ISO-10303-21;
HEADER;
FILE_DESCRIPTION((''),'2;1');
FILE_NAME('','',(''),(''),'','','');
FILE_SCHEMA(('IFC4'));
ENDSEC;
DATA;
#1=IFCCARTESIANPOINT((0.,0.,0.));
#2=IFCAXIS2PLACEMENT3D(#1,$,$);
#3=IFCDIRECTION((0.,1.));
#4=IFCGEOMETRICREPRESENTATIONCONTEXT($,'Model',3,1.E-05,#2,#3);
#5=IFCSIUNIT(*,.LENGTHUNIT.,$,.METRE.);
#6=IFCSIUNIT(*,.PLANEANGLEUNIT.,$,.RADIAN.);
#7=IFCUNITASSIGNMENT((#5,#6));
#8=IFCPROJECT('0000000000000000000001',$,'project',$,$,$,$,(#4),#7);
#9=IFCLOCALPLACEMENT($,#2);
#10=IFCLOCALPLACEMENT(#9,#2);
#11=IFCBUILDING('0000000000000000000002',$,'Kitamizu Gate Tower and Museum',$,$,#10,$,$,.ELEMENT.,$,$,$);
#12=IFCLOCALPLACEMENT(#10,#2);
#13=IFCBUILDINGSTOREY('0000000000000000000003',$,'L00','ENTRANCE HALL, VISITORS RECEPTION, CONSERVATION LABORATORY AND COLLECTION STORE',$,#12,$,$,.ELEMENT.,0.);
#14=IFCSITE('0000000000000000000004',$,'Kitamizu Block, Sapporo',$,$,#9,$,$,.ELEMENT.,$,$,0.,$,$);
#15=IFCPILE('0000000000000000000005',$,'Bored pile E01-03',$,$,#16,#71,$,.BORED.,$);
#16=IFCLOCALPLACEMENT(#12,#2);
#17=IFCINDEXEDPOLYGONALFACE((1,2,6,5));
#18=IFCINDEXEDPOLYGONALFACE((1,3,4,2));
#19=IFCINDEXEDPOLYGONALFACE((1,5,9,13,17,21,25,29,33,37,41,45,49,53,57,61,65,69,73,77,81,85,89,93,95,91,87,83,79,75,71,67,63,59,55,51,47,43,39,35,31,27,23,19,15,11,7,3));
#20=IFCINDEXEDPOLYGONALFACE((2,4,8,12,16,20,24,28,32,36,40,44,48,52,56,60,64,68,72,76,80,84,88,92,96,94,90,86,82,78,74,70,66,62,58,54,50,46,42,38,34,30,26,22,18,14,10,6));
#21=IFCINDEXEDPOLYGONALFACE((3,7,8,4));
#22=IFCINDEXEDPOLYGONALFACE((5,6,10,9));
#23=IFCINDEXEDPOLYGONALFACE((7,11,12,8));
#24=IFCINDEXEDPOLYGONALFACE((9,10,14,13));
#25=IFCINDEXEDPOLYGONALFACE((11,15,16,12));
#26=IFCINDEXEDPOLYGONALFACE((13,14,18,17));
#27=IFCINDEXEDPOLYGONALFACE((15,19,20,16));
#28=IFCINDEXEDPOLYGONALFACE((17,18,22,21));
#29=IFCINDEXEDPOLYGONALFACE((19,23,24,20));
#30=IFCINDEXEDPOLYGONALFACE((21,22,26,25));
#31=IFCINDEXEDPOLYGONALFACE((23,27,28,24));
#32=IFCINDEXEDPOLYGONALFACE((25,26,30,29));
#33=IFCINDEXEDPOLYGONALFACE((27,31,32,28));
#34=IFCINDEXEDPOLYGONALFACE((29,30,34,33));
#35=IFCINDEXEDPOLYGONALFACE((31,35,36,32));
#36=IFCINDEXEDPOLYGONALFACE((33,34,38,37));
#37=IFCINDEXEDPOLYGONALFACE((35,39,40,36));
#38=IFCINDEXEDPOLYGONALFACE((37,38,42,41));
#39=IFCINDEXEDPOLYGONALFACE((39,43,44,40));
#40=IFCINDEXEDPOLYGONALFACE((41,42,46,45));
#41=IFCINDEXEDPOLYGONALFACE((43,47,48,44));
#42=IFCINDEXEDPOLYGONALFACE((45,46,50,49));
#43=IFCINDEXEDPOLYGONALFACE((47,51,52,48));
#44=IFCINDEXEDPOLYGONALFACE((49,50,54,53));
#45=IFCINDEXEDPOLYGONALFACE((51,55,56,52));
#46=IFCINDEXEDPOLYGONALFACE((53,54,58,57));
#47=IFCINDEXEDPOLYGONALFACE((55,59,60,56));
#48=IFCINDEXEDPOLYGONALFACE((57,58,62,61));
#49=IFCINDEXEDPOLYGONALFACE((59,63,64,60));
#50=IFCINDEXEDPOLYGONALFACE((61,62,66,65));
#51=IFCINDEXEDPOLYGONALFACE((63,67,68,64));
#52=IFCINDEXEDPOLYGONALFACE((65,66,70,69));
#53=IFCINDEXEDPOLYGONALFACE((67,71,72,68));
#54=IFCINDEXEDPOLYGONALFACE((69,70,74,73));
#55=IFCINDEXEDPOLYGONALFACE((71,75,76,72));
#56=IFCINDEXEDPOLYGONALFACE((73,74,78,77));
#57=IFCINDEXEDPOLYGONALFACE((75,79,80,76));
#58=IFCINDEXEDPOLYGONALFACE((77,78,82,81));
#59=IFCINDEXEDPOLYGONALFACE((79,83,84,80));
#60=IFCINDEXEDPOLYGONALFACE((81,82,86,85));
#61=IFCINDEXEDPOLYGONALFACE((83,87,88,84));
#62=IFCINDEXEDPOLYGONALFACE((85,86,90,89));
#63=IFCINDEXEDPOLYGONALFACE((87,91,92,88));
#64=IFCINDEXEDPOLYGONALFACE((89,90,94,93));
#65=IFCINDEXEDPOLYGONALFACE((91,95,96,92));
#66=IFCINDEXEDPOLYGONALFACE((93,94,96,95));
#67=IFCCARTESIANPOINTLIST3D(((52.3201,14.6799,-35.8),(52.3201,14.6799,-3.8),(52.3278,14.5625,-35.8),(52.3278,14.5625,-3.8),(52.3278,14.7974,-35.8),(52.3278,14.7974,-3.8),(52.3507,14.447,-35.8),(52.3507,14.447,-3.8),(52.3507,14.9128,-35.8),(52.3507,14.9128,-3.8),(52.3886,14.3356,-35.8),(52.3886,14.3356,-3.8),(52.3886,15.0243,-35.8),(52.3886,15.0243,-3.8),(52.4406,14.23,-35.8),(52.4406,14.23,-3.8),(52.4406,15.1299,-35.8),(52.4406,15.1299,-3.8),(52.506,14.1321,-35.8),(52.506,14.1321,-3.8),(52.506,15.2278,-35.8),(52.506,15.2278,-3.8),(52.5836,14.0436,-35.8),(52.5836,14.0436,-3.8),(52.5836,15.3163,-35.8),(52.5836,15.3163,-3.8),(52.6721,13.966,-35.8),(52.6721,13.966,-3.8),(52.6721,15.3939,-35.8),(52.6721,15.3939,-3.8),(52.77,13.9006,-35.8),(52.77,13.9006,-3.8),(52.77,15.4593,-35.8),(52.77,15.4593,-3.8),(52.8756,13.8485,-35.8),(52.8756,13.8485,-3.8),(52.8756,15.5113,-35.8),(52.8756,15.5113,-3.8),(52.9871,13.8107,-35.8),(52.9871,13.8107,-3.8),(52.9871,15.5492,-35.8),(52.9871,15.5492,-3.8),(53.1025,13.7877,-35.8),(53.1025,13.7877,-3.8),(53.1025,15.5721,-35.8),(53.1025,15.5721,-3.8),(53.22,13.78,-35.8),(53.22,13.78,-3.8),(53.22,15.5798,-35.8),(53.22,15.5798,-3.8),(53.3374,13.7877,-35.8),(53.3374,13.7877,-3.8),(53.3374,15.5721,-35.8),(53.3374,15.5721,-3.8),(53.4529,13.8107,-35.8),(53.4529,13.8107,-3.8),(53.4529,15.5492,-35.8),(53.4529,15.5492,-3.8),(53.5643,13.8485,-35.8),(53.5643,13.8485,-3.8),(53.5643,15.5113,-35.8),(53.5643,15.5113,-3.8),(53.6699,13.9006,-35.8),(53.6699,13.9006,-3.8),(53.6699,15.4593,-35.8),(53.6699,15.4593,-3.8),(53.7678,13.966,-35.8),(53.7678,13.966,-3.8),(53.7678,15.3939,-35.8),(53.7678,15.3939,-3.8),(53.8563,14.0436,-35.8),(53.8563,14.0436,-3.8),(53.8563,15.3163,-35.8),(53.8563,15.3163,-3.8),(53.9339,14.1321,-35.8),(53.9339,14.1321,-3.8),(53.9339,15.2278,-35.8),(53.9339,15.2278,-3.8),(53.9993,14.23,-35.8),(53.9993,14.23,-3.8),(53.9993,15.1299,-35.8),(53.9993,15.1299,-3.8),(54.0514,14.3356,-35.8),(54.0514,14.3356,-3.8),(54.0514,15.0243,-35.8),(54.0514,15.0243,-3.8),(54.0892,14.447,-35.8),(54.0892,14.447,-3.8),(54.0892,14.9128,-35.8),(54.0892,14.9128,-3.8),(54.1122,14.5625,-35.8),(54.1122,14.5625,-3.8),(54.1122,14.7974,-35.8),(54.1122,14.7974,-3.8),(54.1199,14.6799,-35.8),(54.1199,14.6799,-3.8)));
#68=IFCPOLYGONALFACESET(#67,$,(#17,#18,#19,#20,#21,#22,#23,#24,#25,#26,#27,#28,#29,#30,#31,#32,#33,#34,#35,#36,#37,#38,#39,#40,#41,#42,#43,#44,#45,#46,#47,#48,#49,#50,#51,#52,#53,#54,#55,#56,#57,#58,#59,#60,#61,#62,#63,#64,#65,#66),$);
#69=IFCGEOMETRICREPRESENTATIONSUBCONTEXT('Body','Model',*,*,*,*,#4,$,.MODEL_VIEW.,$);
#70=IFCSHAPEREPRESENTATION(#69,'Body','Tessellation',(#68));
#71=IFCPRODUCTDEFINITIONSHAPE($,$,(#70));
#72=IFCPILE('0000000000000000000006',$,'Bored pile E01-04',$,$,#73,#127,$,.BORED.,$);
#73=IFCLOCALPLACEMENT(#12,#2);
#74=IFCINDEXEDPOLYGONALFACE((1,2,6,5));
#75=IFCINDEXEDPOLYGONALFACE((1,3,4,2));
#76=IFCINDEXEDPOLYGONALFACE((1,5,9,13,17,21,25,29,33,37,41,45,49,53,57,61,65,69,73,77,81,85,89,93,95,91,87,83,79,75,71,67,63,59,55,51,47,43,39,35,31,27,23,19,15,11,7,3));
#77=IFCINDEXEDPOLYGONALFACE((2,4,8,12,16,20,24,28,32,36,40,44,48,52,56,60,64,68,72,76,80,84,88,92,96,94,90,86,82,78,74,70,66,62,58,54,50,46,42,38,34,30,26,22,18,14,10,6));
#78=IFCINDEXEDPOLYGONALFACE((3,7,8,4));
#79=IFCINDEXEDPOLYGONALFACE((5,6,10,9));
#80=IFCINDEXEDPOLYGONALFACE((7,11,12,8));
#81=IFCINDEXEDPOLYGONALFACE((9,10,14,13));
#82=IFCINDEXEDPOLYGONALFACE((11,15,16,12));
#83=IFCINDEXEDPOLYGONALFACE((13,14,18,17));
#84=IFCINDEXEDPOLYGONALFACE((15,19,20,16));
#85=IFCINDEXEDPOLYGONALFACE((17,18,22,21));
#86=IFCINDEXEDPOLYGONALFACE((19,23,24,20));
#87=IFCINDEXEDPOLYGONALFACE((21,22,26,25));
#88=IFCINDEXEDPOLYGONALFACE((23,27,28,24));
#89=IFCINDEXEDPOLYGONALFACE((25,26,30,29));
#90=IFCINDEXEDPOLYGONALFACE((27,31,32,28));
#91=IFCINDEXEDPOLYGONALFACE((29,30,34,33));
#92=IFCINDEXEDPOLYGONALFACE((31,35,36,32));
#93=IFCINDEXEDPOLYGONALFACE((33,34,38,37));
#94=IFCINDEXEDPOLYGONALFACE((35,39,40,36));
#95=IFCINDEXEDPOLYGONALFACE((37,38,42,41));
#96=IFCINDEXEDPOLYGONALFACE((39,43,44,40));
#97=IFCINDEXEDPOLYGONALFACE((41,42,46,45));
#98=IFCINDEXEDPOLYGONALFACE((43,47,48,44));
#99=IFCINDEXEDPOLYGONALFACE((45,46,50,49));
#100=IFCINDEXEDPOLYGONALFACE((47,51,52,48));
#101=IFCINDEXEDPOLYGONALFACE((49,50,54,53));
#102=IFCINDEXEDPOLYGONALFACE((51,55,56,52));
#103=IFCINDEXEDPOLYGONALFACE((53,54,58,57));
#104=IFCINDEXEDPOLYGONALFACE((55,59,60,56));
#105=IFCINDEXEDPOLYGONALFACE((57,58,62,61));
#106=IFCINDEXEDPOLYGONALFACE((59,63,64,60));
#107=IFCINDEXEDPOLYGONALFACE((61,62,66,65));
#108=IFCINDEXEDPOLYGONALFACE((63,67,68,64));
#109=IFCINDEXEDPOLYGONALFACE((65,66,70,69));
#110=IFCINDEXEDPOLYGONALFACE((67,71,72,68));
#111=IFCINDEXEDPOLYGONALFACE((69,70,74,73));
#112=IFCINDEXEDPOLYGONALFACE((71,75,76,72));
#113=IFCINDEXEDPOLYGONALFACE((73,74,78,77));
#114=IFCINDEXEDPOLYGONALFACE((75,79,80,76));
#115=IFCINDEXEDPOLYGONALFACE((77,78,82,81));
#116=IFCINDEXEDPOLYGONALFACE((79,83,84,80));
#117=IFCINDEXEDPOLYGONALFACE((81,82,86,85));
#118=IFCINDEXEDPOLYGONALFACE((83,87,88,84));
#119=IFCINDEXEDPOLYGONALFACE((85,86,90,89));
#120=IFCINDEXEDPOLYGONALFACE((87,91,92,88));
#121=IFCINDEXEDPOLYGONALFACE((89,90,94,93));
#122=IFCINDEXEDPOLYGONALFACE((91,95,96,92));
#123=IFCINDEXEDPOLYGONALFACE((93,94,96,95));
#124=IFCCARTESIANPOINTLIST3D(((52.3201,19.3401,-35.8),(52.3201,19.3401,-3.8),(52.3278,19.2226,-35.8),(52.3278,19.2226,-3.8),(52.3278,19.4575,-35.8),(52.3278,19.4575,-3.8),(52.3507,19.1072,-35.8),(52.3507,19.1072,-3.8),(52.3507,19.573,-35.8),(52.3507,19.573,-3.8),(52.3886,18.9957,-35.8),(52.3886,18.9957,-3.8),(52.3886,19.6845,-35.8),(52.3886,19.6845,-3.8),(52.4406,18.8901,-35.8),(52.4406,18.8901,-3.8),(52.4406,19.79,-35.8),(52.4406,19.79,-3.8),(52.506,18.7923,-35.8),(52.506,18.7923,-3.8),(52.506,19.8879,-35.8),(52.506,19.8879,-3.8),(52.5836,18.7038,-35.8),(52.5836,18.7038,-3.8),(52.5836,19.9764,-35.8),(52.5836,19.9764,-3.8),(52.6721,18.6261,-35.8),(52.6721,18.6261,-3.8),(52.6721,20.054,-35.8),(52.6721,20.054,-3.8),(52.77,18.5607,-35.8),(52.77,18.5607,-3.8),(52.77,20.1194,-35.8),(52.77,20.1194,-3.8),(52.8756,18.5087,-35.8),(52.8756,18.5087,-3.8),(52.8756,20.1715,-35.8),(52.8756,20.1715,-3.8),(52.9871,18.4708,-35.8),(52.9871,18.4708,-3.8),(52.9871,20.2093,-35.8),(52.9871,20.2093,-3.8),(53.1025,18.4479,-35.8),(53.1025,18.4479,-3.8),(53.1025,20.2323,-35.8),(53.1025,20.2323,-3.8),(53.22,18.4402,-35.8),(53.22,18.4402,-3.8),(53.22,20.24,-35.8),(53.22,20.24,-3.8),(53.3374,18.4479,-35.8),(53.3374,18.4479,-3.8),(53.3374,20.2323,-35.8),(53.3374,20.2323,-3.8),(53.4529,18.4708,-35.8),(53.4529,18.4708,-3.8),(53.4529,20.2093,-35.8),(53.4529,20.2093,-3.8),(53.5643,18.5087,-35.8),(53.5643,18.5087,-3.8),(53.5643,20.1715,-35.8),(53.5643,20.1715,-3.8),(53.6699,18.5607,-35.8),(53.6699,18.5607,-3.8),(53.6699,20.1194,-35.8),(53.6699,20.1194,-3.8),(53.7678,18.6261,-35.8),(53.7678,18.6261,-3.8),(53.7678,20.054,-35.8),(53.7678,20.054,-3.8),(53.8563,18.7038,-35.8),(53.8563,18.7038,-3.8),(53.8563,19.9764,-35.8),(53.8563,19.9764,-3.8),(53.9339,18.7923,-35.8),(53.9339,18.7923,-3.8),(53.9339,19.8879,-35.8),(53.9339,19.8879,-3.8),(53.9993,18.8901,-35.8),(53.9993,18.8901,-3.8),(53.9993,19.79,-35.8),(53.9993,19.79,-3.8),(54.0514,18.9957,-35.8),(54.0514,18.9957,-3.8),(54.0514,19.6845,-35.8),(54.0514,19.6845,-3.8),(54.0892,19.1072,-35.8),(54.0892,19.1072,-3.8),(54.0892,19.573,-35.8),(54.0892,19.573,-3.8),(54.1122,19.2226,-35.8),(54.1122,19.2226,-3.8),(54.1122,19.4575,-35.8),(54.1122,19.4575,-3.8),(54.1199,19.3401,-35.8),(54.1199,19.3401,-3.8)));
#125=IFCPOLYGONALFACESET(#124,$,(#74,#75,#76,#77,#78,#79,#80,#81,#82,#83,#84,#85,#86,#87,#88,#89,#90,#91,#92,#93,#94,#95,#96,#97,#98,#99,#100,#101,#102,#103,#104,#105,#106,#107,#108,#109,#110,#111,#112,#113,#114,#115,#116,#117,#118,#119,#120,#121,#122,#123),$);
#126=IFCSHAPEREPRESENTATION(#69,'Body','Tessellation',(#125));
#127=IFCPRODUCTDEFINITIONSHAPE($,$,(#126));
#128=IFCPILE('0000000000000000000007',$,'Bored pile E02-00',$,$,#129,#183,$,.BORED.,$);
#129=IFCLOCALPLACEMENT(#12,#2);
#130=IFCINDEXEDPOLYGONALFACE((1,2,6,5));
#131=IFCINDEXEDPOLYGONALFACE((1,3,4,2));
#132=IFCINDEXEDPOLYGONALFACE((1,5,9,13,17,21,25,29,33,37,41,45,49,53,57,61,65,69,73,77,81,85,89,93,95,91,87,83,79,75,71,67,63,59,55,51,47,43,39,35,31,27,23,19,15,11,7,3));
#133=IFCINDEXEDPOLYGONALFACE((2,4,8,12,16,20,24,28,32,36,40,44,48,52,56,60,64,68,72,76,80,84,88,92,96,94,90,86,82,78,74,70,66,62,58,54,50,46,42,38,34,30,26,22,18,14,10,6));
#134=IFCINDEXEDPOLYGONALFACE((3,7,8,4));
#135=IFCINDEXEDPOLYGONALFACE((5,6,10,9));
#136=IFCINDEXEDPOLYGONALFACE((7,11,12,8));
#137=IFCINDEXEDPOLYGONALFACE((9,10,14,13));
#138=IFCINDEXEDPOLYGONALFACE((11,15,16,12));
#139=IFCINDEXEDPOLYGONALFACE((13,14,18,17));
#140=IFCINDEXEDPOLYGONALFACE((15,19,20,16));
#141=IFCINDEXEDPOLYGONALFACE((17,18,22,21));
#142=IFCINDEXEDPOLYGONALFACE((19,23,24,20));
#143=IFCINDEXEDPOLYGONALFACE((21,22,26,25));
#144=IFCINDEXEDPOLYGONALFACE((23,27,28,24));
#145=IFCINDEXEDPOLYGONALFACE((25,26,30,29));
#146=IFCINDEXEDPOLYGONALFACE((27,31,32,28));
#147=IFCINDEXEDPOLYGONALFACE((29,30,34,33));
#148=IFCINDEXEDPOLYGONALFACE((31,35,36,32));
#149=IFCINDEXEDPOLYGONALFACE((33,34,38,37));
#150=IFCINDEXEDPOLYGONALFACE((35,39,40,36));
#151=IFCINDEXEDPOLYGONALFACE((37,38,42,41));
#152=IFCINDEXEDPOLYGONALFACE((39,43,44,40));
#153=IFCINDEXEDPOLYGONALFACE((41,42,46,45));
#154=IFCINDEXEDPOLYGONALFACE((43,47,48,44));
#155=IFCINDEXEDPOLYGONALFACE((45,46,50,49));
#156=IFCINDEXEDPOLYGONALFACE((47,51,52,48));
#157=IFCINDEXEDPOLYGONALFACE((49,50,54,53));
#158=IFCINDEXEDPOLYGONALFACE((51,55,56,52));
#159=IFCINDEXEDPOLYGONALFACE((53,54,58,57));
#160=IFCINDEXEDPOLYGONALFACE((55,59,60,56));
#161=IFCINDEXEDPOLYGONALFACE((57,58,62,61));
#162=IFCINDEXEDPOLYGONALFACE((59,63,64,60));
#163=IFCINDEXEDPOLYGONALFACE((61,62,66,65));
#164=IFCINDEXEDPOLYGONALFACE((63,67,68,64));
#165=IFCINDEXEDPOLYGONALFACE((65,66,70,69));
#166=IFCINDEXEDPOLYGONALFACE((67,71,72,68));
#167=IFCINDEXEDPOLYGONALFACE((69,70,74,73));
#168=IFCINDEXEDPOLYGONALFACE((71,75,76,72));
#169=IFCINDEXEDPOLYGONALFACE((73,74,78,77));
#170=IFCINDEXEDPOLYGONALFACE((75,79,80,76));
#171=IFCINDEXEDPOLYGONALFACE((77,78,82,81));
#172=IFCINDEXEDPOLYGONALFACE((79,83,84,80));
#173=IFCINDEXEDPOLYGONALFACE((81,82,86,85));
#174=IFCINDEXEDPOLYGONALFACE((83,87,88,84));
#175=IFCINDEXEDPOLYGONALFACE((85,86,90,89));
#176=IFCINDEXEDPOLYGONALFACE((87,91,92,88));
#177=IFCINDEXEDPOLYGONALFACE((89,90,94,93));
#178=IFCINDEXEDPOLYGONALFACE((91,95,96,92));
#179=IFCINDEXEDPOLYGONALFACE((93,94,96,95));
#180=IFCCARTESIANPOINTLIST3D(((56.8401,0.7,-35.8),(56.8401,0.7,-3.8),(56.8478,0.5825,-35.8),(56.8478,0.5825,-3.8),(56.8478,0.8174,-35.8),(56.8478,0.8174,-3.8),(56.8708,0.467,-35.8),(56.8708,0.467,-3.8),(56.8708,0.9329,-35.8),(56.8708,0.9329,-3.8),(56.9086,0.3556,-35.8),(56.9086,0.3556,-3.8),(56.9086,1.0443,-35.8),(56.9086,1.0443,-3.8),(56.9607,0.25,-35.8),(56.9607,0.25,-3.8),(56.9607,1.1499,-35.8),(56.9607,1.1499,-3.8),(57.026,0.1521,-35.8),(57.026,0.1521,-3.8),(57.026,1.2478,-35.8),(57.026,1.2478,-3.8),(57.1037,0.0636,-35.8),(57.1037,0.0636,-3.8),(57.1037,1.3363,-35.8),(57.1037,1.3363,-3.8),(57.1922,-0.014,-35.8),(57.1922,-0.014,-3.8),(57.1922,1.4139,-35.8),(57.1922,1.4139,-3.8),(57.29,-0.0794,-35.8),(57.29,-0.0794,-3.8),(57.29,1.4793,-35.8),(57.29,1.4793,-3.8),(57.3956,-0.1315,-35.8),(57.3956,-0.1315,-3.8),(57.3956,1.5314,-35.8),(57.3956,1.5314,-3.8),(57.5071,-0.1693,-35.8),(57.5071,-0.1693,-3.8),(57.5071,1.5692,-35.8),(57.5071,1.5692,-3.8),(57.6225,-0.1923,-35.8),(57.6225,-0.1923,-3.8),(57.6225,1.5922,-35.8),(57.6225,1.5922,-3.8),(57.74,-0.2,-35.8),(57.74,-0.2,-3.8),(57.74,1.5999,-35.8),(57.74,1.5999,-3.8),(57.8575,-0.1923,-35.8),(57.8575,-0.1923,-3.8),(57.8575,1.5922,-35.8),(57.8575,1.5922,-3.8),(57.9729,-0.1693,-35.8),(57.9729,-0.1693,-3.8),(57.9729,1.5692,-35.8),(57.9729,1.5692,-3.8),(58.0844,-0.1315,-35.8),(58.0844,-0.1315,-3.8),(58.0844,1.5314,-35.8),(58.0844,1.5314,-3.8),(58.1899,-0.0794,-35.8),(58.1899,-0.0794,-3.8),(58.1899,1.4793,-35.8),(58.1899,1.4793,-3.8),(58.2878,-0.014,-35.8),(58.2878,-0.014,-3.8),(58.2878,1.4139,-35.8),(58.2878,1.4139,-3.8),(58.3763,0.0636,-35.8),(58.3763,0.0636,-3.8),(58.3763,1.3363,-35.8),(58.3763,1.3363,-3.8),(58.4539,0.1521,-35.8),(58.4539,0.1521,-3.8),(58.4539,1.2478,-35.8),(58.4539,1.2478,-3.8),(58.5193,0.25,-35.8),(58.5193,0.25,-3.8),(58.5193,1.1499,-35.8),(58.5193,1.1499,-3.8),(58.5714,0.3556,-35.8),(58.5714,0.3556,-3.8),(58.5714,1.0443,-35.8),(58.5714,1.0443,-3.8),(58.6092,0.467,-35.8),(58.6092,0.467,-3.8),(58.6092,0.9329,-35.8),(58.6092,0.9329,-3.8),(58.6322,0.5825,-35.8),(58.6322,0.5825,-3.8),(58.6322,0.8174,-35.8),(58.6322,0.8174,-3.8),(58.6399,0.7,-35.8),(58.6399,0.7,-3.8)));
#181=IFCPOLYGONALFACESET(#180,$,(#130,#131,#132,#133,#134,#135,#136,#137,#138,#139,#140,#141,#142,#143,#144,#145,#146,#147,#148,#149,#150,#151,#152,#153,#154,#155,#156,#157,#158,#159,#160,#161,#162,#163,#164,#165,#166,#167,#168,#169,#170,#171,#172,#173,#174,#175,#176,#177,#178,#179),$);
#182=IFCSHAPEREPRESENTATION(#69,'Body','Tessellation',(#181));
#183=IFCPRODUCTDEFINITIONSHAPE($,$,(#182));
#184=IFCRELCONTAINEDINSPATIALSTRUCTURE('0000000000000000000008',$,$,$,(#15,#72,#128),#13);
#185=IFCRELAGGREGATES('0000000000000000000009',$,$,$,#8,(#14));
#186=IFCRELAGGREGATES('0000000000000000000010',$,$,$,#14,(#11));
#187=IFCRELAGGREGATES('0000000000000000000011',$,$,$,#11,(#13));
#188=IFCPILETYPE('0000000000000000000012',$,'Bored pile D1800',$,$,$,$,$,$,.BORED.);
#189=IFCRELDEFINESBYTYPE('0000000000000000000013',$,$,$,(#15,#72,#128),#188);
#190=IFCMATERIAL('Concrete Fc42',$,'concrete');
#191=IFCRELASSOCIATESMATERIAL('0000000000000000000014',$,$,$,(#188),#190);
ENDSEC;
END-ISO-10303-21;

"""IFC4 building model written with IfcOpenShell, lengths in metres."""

from ifc_helpers import new_model, si_unit, direction, frame, origin, origin_2d, place, context, subcontext, project, spatial, circle, extrude, material, material_profile, profile_set, type_object, element, save


model = new_model("IFC4")

# Units and contexts
model_context = context("Model", 3, precision=1e-05, world=origin(), true_north=direction((0.0, 1.0)))
body_context = subcontext(model_context, "Body", "Model", "MODEL_VIEW")
ifc_project = project(units=[si_unit("LENGTHUNIT", "METRE"), si_unit("PLANEANGLEUNIT", "RADIAN")], contexts=[model_context])

# Site, building, storey
site_placement = place(None, origin())
site = spatial("IfcSite", under=ifc_project, at=site_placement, Name="Kitamizu Block, Sapporo", CompositionType="ELEMENT", RefElevation=0.0)
building_placement = place(site_placement, origin())
building = spatial("IfcBuilding", under=site, at=building_placement, Name="Kitamizu Gate Tower and Museum", CompositionType="ELEMENT")
storey_placement = place(building_placement, origin())
storey = spatial("IfcBuildingStorey", under=building, at=storey_placement, Name="L00", Description="ENTRANCE HALL, VISITORS RECEPTION, CONSERVATION LABORATORY AND COLLECTION STORE", CompositionType="ELEMENT", Elevation=0.0)

# Piles
ifc_material_1 = material(Name="Concrete Fc42", Category="concrete")
ifc_material_profile_1 = material_profile(ifc_material_1, circle(Radius=0.8999, at=origin_2d()), Name="Bored pile D1800")
ifc_profile_set_1 = profile_set([ifc_material_profile_1], Name="Concrete Fc42")
pile_type = type_object("IfcPileType", Name="Bored pile D1800", PredefinedType="BORED", material=ifc_profile_set_1)
for number, where, z_axis, x_axis, name in (
    (1, (53.22, 14.6799, -3.8), (0.0, 0.0, -1.0), (1.0, 0.0, 0.0), "Bored pile E01-03"),
    (2, (53.22, 19.3401, -3.8), (0.0, 0.0, -1.0), (1.0, 0.0, 0.0), "Bored pile E01-04"),
    (3, (57.74, 0.7, -3.8), (0.0, 0.0, -1.0), (1.0, 0.0, 0.0), "Bored pile E02-00"),
):
    element("IfcPile", number, at=place(storey_placement, frame(where, z_axis=z_axis, x_axis=x_axis)), inside=storey, type_object=pile_type, Name=name, PredefinedType="BORED", context=body_context, shape_type="SweptSolid", body=[
        extrude(circle(Radius=0.8999, at=origin_2d()), origin(), (0.0, 0.0, 1.0), 32.0),
    ])

save(model, "model.ifc")
